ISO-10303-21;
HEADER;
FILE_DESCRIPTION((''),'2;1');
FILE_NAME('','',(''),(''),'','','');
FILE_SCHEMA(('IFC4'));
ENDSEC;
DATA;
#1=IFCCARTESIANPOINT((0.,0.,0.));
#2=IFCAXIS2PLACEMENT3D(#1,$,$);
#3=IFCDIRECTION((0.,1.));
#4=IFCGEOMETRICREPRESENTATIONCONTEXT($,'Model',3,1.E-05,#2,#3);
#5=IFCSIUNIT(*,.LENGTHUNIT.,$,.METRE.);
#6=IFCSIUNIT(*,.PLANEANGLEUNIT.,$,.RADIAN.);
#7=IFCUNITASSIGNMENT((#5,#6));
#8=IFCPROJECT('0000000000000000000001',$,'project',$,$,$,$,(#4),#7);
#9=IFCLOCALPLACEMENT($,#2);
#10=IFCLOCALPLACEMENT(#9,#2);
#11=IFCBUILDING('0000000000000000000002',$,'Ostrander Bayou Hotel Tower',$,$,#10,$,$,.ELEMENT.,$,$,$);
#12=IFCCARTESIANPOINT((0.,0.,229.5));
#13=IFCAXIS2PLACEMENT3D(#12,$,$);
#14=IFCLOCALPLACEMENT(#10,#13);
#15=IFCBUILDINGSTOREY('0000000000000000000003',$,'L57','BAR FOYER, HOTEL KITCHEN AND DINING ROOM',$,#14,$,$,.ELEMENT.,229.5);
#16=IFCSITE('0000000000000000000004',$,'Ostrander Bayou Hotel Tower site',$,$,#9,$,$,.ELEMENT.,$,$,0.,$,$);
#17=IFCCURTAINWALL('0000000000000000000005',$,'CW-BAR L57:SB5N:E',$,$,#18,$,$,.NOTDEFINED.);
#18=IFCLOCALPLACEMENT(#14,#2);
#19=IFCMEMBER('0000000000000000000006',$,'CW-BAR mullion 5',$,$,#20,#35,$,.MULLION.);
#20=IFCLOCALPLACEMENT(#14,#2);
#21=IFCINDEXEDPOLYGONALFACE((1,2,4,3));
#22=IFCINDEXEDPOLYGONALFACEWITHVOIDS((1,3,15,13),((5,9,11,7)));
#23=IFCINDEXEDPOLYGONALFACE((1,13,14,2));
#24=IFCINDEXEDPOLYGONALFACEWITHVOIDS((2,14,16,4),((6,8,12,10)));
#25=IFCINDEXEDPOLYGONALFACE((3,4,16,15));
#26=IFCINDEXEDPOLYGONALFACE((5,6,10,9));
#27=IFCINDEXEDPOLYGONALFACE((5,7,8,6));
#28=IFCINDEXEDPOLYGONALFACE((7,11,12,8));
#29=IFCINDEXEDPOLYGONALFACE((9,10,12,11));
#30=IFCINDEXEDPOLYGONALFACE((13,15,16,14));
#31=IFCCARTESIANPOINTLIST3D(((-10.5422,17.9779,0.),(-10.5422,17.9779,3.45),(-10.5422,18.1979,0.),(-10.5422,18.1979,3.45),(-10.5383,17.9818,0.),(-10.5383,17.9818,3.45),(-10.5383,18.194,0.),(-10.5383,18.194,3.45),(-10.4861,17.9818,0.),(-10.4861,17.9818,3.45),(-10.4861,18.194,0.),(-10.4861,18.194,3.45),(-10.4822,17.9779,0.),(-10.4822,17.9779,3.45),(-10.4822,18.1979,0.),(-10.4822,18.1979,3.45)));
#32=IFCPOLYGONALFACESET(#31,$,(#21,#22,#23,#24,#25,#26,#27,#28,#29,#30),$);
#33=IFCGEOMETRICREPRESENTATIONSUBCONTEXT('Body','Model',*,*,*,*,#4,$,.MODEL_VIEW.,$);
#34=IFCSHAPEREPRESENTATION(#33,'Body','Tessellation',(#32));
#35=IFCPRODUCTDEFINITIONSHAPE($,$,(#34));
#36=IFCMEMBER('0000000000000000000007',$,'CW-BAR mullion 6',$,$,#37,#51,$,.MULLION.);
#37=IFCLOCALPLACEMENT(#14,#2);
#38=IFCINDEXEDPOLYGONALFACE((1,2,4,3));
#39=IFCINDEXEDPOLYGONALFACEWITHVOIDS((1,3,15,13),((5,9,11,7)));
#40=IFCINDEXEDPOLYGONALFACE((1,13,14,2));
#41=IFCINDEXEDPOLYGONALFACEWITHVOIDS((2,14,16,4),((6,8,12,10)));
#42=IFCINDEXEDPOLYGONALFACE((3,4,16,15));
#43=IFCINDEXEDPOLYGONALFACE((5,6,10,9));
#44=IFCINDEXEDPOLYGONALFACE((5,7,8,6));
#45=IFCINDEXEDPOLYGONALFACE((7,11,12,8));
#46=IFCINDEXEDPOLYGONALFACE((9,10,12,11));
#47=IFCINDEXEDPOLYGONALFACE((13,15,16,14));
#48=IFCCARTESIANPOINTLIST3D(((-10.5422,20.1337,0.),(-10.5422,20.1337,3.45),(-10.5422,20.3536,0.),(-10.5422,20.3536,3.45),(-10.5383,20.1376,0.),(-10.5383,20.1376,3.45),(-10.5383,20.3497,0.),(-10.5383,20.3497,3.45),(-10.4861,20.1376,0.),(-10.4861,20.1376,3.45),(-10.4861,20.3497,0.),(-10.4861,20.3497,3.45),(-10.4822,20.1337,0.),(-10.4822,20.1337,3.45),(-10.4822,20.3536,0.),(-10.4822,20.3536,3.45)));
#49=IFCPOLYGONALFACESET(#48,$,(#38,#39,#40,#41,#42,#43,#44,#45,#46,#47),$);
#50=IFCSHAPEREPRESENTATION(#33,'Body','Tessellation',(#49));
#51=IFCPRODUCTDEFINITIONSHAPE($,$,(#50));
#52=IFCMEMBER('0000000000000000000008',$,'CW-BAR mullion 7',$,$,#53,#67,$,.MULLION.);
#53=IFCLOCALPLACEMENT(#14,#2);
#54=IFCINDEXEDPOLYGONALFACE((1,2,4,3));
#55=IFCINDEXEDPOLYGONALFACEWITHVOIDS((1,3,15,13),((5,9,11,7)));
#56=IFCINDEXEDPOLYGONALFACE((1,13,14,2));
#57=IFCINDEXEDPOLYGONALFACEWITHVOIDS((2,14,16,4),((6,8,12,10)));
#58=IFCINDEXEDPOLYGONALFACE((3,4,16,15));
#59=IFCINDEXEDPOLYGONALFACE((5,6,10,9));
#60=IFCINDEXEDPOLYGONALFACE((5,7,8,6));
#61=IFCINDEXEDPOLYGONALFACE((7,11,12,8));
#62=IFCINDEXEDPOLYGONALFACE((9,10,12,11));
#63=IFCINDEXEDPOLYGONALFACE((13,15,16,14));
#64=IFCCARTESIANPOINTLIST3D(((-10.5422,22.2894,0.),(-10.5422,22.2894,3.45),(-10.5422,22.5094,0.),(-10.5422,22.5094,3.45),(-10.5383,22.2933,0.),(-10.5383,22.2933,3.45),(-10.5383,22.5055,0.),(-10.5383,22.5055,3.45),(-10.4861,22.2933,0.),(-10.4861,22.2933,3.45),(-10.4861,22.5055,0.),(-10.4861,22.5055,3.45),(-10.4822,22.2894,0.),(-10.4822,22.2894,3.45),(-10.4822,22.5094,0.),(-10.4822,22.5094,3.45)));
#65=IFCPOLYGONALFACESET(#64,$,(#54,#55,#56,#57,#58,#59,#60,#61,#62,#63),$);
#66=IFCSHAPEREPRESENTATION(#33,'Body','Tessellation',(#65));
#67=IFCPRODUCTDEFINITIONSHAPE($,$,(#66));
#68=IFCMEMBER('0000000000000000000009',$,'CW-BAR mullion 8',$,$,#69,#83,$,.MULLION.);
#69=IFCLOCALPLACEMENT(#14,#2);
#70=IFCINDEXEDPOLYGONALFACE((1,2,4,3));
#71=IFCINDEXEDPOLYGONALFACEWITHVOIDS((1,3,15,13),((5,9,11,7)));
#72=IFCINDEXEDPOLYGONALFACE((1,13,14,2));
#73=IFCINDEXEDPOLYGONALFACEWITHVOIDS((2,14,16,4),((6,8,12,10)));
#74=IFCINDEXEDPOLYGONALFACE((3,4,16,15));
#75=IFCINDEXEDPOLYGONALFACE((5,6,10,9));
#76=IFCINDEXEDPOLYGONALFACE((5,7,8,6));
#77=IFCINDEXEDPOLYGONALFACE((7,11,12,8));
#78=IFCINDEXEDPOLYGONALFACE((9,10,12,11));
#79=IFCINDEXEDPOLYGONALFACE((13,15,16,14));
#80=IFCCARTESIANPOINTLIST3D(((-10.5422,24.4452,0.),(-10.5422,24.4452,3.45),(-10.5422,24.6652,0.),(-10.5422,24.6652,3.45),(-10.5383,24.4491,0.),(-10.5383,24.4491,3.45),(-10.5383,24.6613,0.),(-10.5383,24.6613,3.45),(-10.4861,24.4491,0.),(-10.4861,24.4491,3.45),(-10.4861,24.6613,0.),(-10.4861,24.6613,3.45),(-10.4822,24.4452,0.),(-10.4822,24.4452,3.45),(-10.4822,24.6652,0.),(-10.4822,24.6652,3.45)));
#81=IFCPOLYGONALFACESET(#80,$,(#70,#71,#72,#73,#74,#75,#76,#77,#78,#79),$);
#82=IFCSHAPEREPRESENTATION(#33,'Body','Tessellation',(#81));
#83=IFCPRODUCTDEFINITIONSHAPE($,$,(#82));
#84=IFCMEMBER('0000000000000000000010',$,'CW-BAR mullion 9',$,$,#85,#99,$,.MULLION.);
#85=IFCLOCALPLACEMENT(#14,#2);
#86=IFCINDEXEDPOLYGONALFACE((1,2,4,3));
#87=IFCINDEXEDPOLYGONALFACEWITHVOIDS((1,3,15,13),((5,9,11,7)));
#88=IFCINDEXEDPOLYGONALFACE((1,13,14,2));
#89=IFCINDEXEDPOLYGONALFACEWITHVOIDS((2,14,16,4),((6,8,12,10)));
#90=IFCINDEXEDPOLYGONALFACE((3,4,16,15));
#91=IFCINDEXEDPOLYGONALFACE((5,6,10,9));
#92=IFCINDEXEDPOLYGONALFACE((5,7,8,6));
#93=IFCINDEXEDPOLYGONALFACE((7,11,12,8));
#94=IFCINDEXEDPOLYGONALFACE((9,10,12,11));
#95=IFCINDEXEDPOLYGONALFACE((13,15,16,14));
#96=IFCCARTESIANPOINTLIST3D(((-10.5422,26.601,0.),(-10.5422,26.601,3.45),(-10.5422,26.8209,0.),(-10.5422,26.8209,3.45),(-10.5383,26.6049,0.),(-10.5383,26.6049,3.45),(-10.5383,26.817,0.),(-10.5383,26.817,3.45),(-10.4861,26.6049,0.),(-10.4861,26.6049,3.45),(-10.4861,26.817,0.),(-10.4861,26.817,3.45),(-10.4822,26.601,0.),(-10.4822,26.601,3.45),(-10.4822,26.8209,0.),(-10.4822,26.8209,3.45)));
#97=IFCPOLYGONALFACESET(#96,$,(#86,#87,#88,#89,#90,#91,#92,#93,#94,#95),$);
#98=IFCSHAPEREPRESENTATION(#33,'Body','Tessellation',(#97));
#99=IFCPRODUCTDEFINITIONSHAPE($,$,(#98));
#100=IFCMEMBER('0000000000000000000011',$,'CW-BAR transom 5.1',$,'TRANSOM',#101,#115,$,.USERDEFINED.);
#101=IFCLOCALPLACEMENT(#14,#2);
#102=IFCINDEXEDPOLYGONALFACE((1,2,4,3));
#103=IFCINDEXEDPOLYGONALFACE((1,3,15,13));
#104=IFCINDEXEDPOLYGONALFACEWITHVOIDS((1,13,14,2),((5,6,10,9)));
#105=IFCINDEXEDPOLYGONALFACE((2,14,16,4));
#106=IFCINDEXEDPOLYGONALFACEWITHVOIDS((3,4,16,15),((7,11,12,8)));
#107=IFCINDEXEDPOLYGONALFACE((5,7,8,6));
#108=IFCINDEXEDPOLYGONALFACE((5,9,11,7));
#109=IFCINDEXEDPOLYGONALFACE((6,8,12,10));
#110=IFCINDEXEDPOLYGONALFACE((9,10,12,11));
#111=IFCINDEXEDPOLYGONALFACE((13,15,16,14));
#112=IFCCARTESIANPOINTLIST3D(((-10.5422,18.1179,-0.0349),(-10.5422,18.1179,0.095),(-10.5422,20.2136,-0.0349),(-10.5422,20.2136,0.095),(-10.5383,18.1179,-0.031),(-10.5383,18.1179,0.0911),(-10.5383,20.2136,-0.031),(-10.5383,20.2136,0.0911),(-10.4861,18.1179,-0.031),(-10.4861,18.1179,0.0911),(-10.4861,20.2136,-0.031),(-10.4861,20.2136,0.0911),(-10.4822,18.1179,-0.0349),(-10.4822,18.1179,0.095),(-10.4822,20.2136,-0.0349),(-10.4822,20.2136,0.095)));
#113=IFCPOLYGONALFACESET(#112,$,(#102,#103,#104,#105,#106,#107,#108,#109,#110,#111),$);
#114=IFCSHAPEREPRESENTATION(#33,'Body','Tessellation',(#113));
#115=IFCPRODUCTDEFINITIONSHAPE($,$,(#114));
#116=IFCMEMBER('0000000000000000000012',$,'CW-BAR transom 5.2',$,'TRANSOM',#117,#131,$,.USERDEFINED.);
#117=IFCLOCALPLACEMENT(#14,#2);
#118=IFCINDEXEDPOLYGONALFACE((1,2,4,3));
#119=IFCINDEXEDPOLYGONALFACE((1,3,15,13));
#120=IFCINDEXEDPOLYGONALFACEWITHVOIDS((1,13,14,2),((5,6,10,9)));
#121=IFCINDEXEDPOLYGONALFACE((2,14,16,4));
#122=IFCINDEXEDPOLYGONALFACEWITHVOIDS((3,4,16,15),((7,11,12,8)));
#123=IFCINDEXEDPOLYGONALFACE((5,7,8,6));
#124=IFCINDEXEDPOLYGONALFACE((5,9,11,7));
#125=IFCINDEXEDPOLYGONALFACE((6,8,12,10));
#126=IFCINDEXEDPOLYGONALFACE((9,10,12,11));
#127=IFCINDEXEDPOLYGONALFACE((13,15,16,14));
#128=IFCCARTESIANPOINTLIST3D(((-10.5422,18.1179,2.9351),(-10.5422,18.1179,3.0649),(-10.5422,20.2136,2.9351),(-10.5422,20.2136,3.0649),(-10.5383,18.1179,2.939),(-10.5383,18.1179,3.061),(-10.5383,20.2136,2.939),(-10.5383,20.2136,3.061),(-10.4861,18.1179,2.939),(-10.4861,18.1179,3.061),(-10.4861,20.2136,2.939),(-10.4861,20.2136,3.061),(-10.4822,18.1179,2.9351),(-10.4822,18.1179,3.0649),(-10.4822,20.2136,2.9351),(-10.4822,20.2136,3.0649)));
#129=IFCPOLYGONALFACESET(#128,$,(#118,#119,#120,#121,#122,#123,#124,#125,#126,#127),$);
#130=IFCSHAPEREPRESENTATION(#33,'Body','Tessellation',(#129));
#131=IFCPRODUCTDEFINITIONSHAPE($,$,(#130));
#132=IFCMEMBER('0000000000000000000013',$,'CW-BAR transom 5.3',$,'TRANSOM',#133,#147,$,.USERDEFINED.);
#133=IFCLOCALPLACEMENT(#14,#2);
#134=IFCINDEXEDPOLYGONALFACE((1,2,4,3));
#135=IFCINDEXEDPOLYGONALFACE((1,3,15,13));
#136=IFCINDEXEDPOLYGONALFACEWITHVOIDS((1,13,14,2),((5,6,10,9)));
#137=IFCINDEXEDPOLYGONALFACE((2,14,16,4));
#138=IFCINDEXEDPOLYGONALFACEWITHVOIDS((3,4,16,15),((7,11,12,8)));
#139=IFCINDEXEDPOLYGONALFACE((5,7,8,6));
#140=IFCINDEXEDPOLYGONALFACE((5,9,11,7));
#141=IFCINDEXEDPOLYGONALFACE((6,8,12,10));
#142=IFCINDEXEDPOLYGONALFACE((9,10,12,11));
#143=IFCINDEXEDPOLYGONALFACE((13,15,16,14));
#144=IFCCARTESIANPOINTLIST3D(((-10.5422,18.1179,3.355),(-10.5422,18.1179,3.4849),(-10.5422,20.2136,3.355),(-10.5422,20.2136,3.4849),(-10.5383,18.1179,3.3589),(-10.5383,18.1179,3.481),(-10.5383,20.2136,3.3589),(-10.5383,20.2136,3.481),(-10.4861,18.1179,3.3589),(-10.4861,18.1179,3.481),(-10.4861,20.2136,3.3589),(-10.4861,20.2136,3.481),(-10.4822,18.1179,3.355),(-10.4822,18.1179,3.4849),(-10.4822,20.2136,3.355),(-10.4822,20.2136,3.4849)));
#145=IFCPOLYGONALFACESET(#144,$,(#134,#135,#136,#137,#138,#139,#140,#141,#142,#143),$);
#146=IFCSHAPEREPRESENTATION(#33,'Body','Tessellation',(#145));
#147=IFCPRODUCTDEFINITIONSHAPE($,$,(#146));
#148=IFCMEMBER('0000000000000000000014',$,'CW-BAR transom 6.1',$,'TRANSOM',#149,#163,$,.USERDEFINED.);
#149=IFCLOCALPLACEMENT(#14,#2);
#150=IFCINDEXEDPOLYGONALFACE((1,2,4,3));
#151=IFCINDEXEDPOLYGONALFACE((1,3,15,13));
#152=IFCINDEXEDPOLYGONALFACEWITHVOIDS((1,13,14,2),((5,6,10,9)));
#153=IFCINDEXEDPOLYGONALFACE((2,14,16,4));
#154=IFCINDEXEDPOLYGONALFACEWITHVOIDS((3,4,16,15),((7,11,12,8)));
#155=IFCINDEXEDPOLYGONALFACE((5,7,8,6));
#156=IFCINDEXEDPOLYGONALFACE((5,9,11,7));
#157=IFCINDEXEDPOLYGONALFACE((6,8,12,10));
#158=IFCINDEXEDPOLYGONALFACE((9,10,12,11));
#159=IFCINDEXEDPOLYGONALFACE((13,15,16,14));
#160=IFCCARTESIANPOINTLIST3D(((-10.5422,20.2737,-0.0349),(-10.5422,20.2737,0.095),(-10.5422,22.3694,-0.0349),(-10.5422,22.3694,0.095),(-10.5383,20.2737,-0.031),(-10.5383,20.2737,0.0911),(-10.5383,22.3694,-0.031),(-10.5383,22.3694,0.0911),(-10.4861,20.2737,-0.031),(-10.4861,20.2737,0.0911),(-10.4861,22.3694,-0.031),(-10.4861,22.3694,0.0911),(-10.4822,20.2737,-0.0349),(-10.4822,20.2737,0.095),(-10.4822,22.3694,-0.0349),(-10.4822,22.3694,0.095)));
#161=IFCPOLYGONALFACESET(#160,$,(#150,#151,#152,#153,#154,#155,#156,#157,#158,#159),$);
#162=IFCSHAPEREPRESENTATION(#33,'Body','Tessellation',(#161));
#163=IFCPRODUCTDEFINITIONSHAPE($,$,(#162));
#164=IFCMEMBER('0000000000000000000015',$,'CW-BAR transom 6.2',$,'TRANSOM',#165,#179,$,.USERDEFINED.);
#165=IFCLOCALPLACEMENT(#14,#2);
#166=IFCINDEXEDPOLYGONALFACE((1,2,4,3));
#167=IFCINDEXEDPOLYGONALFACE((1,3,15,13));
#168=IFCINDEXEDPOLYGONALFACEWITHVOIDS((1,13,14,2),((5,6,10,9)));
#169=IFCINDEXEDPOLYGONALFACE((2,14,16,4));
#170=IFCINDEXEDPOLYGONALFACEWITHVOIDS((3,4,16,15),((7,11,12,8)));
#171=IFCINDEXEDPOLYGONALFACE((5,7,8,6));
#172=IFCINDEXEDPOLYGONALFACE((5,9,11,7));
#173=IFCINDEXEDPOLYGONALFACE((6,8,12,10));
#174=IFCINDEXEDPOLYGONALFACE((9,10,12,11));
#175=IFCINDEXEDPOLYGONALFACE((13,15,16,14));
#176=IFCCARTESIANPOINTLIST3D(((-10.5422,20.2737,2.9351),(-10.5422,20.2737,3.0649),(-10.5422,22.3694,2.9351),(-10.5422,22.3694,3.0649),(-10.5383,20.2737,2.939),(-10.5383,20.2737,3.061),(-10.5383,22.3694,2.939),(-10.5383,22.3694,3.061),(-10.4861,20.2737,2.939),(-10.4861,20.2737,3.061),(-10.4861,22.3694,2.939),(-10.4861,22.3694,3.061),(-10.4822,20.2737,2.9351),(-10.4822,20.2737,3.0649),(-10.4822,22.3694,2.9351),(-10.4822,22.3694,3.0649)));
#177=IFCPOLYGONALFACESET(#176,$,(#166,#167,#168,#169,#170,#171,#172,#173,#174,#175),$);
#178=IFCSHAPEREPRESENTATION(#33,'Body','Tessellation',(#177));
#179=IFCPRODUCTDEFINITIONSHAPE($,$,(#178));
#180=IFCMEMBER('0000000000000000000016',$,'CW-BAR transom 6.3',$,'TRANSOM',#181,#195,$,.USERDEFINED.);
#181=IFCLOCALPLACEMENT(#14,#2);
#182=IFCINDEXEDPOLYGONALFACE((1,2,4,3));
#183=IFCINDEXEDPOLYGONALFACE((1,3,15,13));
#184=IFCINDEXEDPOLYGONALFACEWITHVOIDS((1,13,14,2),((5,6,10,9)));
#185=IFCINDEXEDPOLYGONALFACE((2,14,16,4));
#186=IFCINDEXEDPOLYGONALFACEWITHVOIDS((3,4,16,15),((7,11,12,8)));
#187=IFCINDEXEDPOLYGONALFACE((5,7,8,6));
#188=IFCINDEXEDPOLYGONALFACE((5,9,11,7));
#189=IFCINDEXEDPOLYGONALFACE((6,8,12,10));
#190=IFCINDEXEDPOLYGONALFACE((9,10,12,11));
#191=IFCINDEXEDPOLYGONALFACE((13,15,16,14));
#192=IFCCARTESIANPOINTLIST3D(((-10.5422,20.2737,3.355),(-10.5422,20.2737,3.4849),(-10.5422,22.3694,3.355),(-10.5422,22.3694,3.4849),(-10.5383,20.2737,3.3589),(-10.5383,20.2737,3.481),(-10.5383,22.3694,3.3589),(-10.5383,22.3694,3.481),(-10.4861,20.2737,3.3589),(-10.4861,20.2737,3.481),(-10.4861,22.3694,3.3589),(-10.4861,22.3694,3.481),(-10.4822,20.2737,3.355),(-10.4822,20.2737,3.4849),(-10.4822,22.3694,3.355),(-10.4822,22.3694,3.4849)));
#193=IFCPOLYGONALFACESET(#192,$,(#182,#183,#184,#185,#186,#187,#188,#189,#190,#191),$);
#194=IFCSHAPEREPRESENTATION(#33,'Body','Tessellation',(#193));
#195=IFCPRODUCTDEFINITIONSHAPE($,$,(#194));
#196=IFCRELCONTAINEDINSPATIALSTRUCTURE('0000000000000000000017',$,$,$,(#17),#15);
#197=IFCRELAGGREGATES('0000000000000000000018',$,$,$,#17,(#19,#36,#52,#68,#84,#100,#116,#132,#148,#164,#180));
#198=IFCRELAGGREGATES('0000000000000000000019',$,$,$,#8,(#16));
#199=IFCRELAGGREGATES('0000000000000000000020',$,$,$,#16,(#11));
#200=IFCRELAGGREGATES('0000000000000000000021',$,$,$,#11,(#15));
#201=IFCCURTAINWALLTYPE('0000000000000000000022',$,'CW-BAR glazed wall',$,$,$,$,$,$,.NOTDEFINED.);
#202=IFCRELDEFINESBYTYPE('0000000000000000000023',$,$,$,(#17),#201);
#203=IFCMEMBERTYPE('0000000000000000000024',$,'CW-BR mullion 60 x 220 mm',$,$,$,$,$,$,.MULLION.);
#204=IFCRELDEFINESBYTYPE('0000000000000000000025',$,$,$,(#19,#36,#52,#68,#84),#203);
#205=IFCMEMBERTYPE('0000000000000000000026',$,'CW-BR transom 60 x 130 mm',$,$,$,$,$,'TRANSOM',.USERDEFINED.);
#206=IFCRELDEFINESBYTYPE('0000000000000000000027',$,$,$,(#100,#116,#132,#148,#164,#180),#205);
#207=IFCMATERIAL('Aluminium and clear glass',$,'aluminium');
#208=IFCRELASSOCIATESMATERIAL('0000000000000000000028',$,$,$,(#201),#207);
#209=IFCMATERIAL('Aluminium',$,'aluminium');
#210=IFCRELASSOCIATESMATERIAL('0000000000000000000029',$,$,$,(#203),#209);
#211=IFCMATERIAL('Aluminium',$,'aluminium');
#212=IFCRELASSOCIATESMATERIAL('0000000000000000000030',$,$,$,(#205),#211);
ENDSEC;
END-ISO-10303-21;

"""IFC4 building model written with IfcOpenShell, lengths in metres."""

from ifc_helpers import new_model, si_unit, direction, frame, origin, origin_2d, place, context, subcontext, project, spatial, hollow_rectangle, extrude, material, material_profile, profile_set, type_object, element, aggregate, save


model = new_model("IFC4")

# Units and contexts
model_context = context("Model", 3, precision=1e-05, world=origin(), true_north=direction((0.0, 1.0)))
body_context = subcontext(model_context, "Body", "Model", "MODEL_VIEW")
ifc_project = project(units=[si_unit("LENGTHUNIT", "METRE"), si_unit("PLANEANGLEUNIT", "RADIAN")], contexts=[model_context])

# Site, building, storey
site_placement = place(None, origin())
site = spatial("IfcSite", under=ifc_project, at=site_placement, Name="Ostrander Bayou Hotel Tower site", CompositionType="ELEMENT", RefElevation=0.0)
building_placement = place(site_placement, origin())
building = spatial("IfcBuilding", under=site, at=building_placement, Name="Ostrander Bayou Hotel Tower", CompositionType="ELEMENT")
storey_placement = place(building_placement, frame((0.0, 0.0, 229.5)))
storey = spatial("IfcBuildingStorey", under=building, at=storey_placement, Name="L57", Description="BAR FOYER, HOTEL KITCHEN AND DINING ROOM", CompositionType="ELEMENT", Elevation=229.5)

# Curtain wall, members
ifc_material_1 = material(Name="Aluminium and clear glass", Category="aluminium")
curtain_wall_type = type_object("IfcCurtainWallType", Name="CW-BAR glazed wall", PredefinedType="NOTDEFINED", material=ifc_material_1)
curtain_wall_placement = place(storey_placement, origin())
curtain_wall = element("IfcCurtainWall", 1, at=curtain_wall_placement, inside=storey, type_object=curtain_wall_type, Name="CW-BAR L57:SB5N:E", PredefinedType="NOTDEFINED")
ifc_material_2 = material(Name="Aluminium", Category="aluminium")
ifc_material_profile_1 = material_profile(ifc_material_2, hollow_rectangle(XDim=0.0601, YDim=0.22, WallThickness=0.0039, at=origin_2d()))
ifc_profile_set_1 = profile_set([ifc_material_profile_1], Name="Aluminium")
member_type_1 = type_object("IfcMemberType", Name="CW-BR mullion 60 x 220 mm", PredefinedType="MULLION", material=ifc_profile_set_1)
member_1_placement = place(storey_placement, frame((-10.5122, 18.0879, 0.0), z_axis=(0.0, 0.0, 1.0), x_axis=(-1.0, 0.0, 0.0)))
member_1 = element("IfcMember", 2, at=member_1_placement, type_object=member_type_1, Name="CW-BAR mullion 5", PredefinedType="MULLION", context=body_context, shape_type="SweptSolid", body=[
    extrude(hollow_rectangle(XDim=0.0601, YDim=0.22, WallThickness=0.0039, at=origin_2d()), origin(), (0.0, 0.0, 1.0), 3.45),
])
member_2_placement = place(storey_placement, frame((-10.5122, 20.2437, 0.0), z_axis=(0.0, 0.0, 1.0), x_axis=(-1.0, 0.0, 0.0)))
member_2 = element("IfcMember", 3, at=member_2_placement, type_object=member_type_1, Name="CW-BAR mullion 6", PredefinedType="MULLION", context=body_context, shape_type="SweptSolid", body=[
    extrude(hollow_rectangle(XDim=0.0601, YDim=0.22, WallThickness=0.0039, at=origin_2d()), origin(), (0.0, 0.0, 1.0), 3.45),
])
member_3_placement = place(storey_placement, frame((-10.5122, 22.3994, 0.0), z_axis=(0.0, 0.0, 1.0), x_axis=(-1.0, 0.0, 0.0)))
member_3 = element("IfcMember", 4, at=member_3_placement, type_object=member_type_1, Name="CW-BAR mullion 7", PredefinedType="MULLION", context=body_context, shape_type="SweptSolid", body=[
    extrude(hollow_rectangle(XDim=0.0601, YDim=0.22, WallThickness=0.0039, at=origin_2d()), origin(), (0.0, 0.0, 1.0), 3.45),
])
member_4_placement = place(storey_placement, frame((-10.5122, 24.5552, 0.0), z_axis=(0.0, 0.0, 1.0), x_axis=(-1.0, 0.0, 0.0)))
member_4 = element("IfcMember", 5, at=member_4_placement, type_object=member_type_1, Name="CW-BAR mullion 8", PredefinedType="MULLION", context=body_context, shape_type="SweptSolid", body=[
    extrude(hollow_rectangle(XDim=0.0601, YDim=0.22, WallThickness=0.0039, at=origin_2d()), origin(), (0.0, 0.0, 1.0), 3.45),
])
member_5_placement = place(storey_placement, frame((-10.5122, 26.7109, 0.0), z_axis=(0.0, 0.0, 1.0), x_axis=(-1.0, 0.0, 0.0)))
member_5 = element("IfcMember", 6, at=member_5_placement, type_object=member_type_1, Name="CW-BAR mullion 9", PredefinedType="MULLION", context=body_context, shape_type="SweptSolid", body=[
    extrude(hollow_rectangle(XDim=0.0601, YDim=0.22, WallThickness=0.0039, at=origin_2d()), origin(), (0.0, 0.0, 1.0), 3.45),
])
ifc_material_3 = material(Name="Aluminium", Category="aluminium")
ifc_material_profile_2 = material_profile(ifc_material_3, hollow_rectangle(XDim=0.0601, YDim=0.1299, WallThickness=0.0039, at=origin_2d()))
ifc_profile_set_2 = profile_set([ifc_material_profile_2], Name="Aluminium")
member_type_2 = type_object("IfcMemberType", Name="CW-BR transom 60 x 130 mm", ElementType="TRANSOM", PredefinedType="USERDEFINED", material=ifc_profile_set_2)
member_6_placement = place(storey_placement, frame((-10.5122, 18.1179, 0.03), z_axis=(0.0, 1.0, 0.0), x_axis=(-1.0, 0.0, 0.0)))
member_6 = element("IfcMember", 7, at=member_6_placement, type_object=member_type_2, Name="CW-BAR transom 5.1", ObjectType="TRANSOM", PredefinedType="USERDEFINED", context=body_context, shape_type="SweptSolid", body=[
    extrude(hollow_rectangle(XDim=0.0601, YDim=0.1299, WallThickness=0.0039, at=origin_2d()), origin(), (0.0, 0.0, 1.0), 2.0957),
])
member_7_placement = place(storey_placement, frame((-10.5122, 18.1179, 3.0), z_axis=(0.0, 1.0, 0.0), x_axis=(-1.0, 0.0, 0.0)))
member_7 = element("IfcMember", 8, at=member_7_placement, type_object=member_type_2, Name="CW-BAR transom 5.2", ObjectType="TRANSOM", PredefinedType="USERDEFINED", context=body_context, shape_type="SweptSolid", body=[
    extrude(hollow_rectangle(XDim=0.0601, YDim=0.1299, WallThickness=0.0039, at=origin_2d()), origin(), (0.0, 0.0, 1.0), 2.0957),
])
member_8_placement = place(storey_placement, frame((-10.5122, 18.1179, 3.4199), z_axis=(0.0, 1.0, 0.0), x_axis=(-1.0, 0.0, 0.0)))
member_8 = element("IfcMember", 9, at=member_8_placement, type_object=member_type_2, Name="CW-BAR transom 5.3", ObjectType="TRANSOM", PredefinedType="USERDEFINED", context=body_context, shape_type="SweptSolid", body=[
    extrude(hollow_rectangle(XDim=0.0601, YDim=0.1299, WallThickness=0.0039, at=origin_2d()), origin(), (0.0, 0.0, 1.0), 2.0957),
])
member_9_placement = place(storey_placement, frame((-10.5122, 20.2737, 0.03), z_axis=(0.0, 1.0, 0.0), x_axis=(-1.0, 0.0, 0.0)))
member_9 = element("IfcMember", 10, at=member_9_placement, type_object=member_type_2, Name="CW-BAR transom 6.1", ObjectType="TRANSOM", PredefinedType="USERDEFINED", context=body_context, shape_type="SweptSolid", body=[
    extrude(hollow_rectangle(XDim=0.0601, YDim=0.1299, WallThickness=0.0039, at=origin_2d()), origin(), (0.0, 0.0, 1.0), 2.0957),
])
member_10_placement = place(storey_placement, frame((-10.5122, 20.2737, 3.0), z_axis=(0.0, 1.0, 0.0), x_axis=(-1.0, 0.0, 0.0)))
member_10 = element("IfcMember", 11, at=member_10_placement, type_object=member_type_2, Name="CW-BAR transom 6.2", ObjectType="TRANSOM", PredefinedType="USERDEFINED", context=body_context, shape_type="SweptSolid", body=[
    extrude(hollow_rectangle(XDim=0.0601, YDim=0.1299, WallThickness=0.0039, at=origin_2d()), origin(), (0.0, 0.0, 1.0), 2.0957),
])
member_11_placement = place(storey_placement, frame((-10.5122, 20.2737, 3.4199), z_axis=(0.0, 1.0, 0.0), x_axis=(-1.0, 0.0, 0.0)))
member_11 = element("IfcMember", 12, at=member_11_placement, type_object=member_type_2, Name="CW-BAR transom 6.3", ObjectType="TRANSOM", PredefinedType="USERDEFINED", context=body_context, shape_type="SweptSolid", body=[
    extrude(hollow_rectangle(XDim=0.0601, YDim=0.1299, WallThickness=0.0039, at=origin_2d()), origin(), (0.0, 0.0, 1.0), 2.0957),
])

aggregate(curtain_wall, [member_1, member_2, member_3, member_4, member_5, member_6, member_7, member_8, member_9, member_10, member_11])

save(model, "model.ifc")
